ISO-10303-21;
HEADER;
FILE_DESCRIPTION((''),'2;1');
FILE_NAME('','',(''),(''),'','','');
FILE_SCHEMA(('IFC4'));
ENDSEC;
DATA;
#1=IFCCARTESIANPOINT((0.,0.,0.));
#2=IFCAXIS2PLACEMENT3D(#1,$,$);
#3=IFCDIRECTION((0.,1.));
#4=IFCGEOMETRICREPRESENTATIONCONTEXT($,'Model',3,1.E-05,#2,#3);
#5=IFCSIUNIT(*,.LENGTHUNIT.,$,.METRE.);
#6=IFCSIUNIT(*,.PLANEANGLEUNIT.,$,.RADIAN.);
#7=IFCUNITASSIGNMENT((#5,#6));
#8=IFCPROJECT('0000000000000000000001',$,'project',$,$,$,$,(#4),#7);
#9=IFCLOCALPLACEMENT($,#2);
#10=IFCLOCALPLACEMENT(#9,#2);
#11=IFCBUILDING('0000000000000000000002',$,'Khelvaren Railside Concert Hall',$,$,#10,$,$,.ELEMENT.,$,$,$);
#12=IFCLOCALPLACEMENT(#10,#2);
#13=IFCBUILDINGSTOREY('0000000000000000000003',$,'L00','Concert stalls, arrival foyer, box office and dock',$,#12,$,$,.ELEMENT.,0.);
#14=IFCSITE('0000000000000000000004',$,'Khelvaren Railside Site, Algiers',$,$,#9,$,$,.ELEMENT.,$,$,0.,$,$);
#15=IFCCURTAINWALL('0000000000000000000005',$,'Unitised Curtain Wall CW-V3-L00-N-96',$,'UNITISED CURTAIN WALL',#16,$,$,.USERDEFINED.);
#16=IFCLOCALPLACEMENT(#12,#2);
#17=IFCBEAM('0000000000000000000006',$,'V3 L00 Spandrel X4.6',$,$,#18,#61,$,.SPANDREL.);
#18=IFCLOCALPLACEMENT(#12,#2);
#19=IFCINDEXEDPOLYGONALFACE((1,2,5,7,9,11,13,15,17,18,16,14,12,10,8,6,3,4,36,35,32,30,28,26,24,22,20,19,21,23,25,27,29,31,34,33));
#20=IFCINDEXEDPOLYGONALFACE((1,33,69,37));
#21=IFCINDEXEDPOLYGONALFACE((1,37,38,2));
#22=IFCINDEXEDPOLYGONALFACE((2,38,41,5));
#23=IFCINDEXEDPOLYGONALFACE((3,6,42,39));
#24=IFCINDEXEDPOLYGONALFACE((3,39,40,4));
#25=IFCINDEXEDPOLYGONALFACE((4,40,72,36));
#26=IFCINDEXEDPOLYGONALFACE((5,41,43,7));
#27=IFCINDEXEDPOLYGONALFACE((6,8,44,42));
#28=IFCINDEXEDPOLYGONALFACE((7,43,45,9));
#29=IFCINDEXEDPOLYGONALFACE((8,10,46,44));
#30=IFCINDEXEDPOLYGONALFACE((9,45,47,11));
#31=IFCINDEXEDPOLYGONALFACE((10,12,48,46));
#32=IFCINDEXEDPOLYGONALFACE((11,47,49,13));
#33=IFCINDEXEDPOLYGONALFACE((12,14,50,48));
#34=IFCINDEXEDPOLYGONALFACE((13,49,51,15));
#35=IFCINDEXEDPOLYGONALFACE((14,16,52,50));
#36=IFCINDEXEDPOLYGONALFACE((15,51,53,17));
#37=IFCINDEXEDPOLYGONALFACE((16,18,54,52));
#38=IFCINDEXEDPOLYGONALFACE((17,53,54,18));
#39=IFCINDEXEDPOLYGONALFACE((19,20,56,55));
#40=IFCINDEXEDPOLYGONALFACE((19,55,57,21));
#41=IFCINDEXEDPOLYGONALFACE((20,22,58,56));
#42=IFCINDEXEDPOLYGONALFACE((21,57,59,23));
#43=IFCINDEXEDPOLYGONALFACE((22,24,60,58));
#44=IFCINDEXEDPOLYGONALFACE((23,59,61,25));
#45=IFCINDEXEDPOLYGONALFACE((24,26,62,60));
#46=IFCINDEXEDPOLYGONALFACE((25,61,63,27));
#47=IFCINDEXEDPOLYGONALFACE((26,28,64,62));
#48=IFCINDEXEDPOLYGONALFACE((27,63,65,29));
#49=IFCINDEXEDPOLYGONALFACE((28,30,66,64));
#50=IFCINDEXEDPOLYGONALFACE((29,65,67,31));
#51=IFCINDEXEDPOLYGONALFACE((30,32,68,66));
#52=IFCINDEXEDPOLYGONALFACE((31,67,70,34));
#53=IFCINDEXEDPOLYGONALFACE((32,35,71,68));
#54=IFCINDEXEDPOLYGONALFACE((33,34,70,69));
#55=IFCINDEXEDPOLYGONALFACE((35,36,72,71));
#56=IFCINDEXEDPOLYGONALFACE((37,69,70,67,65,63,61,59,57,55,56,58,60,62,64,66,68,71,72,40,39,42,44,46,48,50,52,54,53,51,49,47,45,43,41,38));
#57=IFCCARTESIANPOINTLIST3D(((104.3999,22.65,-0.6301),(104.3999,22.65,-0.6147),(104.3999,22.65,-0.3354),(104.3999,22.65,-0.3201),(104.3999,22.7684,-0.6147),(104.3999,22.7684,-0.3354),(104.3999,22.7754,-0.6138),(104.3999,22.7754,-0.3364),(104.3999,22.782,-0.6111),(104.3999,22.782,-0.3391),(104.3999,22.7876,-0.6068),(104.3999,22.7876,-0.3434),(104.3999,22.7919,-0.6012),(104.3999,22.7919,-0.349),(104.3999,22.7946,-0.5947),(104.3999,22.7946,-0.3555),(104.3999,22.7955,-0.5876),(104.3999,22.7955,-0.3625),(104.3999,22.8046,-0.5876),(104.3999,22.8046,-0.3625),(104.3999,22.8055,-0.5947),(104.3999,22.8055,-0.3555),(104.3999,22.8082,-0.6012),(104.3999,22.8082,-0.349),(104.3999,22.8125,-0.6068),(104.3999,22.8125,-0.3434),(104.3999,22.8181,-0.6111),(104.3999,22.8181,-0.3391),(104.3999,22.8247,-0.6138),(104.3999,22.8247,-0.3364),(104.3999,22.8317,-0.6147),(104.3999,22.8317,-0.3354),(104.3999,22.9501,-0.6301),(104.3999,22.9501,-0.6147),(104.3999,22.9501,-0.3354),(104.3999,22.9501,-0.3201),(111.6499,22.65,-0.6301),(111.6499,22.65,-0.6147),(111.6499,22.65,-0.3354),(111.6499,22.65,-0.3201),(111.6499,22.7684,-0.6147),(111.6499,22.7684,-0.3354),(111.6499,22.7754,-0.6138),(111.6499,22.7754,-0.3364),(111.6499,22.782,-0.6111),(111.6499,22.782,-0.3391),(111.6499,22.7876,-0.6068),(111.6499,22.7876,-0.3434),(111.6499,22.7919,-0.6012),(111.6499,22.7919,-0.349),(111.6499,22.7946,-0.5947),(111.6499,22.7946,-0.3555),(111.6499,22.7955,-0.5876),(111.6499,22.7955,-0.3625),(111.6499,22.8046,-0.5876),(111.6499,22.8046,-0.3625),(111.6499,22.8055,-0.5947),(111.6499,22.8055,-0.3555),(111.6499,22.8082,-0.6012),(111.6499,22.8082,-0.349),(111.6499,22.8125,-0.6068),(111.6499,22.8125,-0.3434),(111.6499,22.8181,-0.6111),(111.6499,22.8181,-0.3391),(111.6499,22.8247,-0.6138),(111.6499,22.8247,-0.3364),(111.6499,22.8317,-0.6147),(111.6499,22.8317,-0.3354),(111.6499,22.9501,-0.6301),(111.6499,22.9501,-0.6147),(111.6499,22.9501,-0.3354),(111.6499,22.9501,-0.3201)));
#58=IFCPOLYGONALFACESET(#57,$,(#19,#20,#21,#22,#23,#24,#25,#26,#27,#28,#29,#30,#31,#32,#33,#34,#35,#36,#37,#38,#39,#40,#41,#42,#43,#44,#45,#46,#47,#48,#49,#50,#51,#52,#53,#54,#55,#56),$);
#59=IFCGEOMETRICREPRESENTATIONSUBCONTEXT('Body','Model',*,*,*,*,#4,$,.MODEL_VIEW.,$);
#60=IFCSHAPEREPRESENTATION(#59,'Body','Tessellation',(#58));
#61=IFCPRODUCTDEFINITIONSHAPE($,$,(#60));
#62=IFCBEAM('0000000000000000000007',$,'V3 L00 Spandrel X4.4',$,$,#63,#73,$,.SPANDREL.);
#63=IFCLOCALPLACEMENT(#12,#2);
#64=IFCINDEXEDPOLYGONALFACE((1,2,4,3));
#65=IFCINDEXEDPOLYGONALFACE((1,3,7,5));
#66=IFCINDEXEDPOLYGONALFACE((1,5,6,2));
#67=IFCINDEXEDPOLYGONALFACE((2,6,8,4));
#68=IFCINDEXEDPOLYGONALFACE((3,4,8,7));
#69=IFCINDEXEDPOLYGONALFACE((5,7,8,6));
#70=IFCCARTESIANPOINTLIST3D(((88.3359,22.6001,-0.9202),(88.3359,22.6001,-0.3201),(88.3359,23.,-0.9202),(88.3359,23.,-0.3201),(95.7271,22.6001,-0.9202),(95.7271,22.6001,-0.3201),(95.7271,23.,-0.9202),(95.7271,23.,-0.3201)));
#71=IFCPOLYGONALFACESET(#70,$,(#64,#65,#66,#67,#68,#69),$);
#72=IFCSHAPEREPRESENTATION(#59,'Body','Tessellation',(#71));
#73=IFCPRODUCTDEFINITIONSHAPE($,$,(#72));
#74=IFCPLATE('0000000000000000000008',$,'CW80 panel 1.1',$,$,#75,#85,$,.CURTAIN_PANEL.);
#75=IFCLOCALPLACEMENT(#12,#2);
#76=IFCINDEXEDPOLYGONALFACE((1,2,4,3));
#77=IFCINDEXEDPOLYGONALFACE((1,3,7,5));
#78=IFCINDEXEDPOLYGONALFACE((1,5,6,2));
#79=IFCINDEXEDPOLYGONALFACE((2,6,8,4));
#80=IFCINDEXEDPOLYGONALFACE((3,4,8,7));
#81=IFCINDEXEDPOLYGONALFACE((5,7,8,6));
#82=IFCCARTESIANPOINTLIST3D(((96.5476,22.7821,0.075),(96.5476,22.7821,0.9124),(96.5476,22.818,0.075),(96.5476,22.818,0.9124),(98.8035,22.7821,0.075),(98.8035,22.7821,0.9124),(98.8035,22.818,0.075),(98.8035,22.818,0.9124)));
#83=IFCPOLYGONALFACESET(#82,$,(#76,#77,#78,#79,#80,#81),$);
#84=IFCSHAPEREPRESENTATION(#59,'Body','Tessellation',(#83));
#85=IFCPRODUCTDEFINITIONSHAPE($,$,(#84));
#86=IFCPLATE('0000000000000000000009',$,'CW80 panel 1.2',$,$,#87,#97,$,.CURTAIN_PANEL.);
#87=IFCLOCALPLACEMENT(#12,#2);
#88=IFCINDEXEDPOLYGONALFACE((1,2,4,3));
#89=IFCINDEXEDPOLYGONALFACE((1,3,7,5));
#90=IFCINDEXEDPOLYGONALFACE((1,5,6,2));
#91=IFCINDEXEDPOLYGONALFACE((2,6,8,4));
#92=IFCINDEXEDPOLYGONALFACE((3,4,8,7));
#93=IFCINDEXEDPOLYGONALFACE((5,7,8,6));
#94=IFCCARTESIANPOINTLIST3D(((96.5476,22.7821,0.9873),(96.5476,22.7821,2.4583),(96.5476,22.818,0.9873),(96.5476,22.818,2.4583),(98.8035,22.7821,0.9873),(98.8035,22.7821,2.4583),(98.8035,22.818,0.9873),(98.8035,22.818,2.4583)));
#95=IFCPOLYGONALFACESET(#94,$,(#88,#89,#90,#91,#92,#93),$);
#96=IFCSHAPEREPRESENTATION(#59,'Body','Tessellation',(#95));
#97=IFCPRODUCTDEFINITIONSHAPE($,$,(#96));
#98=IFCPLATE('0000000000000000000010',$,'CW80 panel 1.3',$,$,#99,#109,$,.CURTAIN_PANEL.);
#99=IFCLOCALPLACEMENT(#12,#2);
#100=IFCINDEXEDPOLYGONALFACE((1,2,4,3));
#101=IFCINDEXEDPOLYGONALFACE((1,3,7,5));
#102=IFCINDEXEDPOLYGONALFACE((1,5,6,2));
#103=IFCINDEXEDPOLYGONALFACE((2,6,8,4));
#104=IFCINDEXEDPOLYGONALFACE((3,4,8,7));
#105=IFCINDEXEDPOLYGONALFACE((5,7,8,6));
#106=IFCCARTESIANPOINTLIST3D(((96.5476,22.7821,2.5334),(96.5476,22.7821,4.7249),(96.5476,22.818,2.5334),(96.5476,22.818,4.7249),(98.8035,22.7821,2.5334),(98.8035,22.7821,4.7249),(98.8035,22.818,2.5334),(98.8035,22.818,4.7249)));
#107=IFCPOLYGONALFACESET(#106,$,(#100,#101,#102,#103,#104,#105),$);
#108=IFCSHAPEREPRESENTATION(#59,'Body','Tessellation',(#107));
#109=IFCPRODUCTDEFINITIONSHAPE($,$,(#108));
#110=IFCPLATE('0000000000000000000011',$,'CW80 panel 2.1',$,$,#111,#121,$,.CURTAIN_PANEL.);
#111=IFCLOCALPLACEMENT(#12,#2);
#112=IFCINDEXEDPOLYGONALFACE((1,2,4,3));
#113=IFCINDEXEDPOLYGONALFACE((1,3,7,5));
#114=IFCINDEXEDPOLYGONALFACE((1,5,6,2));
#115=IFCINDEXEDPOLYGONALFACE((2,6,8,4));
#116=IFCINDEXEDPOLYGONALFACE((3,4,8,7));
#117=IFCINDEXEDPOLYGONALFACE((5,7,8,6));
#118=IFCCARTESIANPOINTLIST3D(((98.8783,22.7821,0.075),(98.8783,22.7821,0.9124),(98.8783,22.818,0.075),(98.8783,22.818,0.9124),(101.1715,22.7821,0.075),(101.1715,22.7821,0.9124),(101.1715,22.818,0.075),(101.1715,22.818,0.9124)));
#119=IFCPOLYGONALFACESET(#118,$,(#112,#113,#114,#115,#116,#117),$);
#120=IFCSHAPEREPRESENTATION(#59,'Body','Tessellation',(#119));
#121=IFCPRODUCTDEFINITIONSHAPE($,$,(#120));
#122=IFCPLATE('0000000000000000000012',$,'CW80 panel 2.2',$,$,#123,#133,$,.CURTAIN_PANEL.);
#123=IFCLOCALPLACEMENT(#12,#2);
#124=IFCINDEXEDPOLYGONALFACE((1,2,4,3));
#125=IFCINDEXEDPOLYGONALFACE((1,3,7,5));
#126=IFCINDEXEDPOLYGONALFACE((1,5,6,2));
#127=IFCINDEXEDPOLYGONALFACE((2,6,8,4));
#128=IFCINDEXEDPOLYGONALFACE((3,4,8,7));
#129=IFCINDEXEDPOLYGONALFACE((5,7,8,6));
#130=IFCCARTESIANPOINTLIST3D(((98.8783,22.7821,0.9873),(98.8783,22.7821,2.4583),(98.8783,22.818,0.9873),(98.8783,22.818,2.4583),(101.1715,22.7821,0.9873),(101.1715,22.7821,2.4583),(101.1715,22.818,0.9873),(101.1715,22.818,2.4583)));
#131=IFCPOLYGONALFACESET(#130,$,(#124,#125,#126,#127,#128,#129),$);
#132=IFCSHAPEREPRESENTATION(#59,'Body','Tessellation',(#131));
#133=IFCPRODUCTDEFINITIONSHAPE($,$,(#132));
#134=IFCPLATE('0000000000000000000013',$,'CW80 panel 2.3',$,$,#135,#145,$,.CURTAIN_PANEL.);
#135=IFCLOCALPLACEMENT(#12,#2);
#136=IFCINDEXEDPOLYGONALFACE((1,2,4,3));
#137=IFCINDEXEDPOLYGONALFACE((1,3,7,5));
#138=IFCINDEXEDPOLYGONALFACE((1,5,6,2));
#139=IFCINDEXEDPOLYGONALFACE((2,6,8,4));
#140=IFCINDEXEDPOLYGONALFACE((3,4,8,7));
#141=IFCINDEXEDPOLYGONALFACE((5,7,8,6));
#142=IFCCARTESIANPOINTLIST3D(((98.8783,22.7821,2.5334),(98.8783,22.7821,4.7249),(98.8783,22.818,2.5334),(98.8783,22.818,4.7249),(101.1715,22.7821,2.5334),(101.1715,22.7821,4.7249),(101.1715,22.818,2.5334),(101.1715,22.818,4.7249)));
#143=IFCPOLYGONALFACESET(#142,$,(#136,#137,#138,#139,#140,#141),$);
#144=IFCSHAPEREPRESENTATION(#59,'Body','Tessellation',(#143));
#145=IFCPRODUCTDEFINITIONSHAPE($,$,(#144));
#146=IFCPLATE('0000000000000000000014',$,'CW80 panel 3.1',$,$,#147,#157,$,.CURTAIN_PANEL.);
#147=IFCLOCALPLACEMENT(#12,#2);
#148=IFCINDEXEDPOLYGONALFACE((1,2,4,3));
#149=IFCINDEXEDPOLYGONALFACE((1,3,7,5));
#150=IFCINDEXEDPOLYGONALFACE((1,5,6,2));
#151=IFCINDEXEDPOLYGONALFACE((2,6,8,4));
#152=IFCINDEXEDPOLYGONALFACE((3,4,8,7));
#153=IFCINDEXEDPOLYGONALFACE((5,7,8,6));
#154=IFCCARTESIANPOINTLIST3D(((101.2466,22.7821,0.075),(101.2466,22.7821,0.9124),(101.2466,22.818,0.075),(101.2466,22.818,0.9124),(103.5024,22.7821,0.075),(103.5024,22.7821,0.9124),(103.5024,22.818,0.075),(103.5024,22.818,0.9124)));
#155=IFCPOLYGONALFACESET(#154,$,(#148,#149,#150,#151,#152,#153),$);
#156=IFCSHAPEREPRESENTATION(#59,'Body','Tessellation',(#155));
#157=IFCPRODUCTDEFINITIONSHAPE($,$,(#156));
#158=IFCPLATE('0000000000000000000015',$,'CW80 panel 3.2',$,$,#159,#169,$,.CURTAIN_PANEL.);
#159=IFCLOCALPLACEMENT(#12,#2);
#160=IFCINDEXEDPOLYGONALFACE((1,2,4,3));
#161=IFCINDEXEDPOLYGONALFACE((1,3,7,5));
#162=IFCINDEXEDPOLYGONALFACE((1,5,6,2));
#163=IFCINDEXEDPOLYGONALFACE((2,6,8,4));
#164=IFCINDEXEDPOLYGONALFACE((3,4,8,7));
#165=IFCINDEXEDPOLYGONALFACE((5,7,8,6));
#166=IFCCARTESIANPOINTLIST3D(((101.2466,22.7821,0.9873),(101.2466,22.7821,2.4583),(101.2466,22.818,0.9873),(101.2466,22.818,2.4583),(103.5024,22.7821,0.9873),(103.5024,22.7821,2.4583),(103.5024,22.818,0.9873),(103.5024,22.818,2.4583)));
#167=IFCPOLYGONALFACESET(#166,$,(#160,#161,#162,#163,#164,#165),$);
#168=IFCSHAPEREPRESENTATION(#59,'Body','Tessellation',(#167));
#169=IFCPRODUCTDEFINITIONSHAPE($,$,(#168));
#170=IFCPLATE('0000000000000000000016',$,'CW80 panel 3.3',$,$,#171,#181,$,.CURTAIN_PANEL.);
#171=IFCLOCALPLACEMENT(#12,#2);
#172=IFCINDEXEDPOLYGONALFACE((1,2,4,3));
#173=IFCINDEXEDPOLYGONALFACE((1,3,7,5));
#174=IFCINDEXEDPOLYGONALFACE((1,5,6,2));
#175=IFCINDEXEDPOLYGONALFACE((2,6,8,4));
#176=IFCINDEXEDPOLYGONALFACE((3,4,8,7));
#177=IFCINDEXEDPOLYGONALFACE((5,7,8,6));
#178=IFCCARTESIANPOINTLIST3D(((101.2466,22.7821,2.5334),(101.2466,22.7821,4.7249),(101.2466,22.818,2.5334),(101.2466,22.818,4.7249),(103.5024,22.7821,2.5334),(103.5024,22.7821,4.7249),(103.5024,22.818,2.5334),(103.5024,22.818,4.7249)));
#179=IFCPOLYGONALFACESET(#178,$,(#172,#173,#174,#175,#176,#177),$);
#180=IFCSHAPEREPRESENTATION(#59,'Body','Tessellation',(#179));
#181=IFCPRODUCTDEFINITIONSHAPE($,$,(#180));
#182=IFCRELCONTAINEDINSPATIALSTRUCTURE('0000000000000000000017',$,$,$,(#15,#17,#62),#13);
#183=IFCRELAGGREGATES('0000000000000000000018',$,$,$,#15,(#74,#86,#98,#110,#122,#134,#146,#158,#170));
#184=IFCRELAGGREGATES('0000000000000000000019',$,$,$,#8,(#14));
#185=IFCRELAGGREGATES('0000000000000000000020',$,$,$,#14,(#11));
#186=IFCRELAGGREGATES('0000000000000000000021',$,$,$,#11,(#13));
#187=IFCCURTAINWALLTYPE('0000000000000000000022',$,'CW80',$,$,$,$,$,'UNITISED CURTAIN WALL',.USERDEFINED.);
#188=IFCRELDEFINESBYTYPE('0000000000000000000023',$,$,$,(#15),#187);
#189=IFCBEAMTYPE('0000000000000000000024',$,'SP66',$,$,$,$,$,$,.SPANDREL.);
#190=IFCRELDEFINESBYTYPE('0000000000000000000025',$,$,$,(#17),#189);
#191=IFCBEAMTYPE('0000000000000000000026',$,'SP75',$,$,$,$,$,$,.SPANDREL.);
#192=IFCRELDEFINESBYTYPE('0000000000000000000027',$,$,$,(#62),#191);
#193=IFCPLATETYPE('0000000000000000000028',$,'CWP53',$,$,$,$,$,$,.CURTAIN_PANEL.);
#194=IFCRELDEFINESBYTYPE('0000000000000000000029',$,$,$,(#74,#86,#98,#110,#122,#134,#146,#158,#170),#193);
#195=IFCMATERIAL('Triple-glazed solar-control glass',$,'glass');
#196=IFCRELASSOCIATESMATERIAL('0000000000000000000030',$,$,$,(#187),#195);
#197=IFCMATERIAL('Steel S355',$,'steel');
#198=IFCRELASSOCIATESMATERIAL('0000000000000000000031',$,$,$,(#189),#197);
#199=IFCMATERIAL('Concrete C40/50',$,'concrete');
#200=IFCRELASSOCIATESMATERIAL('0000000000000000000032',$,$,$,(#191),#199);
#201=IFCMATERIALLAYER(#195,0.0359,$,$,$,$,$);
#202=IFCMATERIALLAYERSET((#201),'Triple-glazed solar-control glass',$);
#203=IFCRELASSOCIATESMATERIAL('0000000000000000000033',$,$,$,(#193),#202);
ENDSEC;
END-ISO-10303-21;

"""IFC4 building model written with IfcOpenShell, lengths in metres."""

from ifc_helpers import new_model, si_unit, direction, frame, origin, origin_2d, place, context, subcontext, project, spatial, rectangle, i_section, extrude, material, layer, layer_set, material_profile, profile_set, type_object, element, aggregate, save


model = new_model("IFC4")

# Units and contexts
model_context = context("Model", 3, precision=1e-05, world=origin(), true_north=direction((0.0, 1.0)))
body_context = subcontext(model_context, "Body", "Model", "MODEL_VIEW")
ifc_project = project(units=[si_unit("LENGTHUNIT", "METRE"), si_unit("PLANEANGLEUNIT", "RADIAN")], contexts=[model_context])

# Site, building, storey
site_placement = place(None, origin())
site = spatial("IfcSite", under=ifc_project, at=site_placement, Name="Khelvaren Railside Site, Algiers", CompositionType="ELEMENT", RefElevation=0.0)
building_placement = place(site_placement, origin())
building = spatial("IfcBuilding", under=site, at=building_placement, Name="Khelvaren Railside Concert Hall", CompositionType="ELEMENT")
storey_placement = place(building_placement, origin())
storey = spatial("IfcBuildingStorey", under=building, at=storey_placement, Name="L00", Description="Concert stalls, arrival foyer, box office and dock", CompositionType="ELEMENT", Elevation=0.0)

# Shared definitions
ifc_material_1 = material(Name="Triple-glazed solar-control glass", Category="glass")

# Curtain wall
curtain_wall_type_1 = type_object("IfcCurtainWallType", Name="CW80", ElementType="UNITISED CURTAIN WALL", PredefinedType="USERDEFINED", material=ifc_material_1)
curtain_wall_1_placement = place(storey_placement, origin())
curtain_wall_1 = element("IfcCurtainWall", 1, at=curtain_wall_1_placement, inside=storey, type_object=curtain_wall_type_1, Name="Unitised Curtain Wall CW-V3-L00-N-96", ObjectType="UNITISED CURTAIN WALL", PredefinedType="USERDEFINED")

# Beams
ifc_material_2 = material(Name="Concrete C40/50", Category="concrete")
ifc_material_3 = material(Name="Steel S355", Category="steel")
ifc_material_profile_1 = material_profile(ifc_material_3, i_section(OverallWidth=0.3, OverallDepth=0.3101, WebThickness=0.009, FlangeThickness=0.0154, FilletRadius=0.0271, at=origin_2d()), Name="HEA 320")
ifc_profile_set_1 = profile_set([ifc_material_profile_1], Name="Steel S355")
beam_type_1 = type_object("IfcBeamType", Name="SP66", PredefinedType="SPANDREL", material=ifc_profile_set_1)
beam_1_placement = place(storey_placement, frame((104.3999, 22.8, -0.4751), z_axis=(1.0, 0.0, 0.0), x_axis=(0.0, 1.0, 0.0)))
element("IfcBeam", 2, at=beam_1_placement, inside=storey, type_object=beam_type_1, Name="V3 L00 Spandrel X4.6", PredefinedType="SPANDREL", context=body_context, shape_type="SweptSolid", body=[
    extrude(i_section(OverallWidth=0.3, OverallDepth=0.3101, WebThickness=0.009, FlangeThickness=0.0154, FilletRadius=0.0271, at=origin_2d()), origin(), (0.0, 0.0, 1.0), 7.25),
])
ifc_material_profile_2 = material_profile(ifc_material_2, rectangle(XDim=0.3999, YDim=0.6001, at=origin_2d()), Name="RCB 400x600")
ifc_profile_set_2 = profile_set([ifc_material_profile_2], Name="Concrete C40/50")
beam_type_2 = type_object("IfcBeamType", Name="SP75", PredefinedType="SPANDREL", material=ifc_profile_set_2)
beam_2_placement = place(storey_placement, frame((88.3359, 22.8, -0.6201), z_axis=(1.0, 0.0, 0.0), x_axis=(0.0, 1.0, 0.0)))
element("IfcBeam", 3, at=beam_2_placement, inside=storey, type_object=beam_type_2, Name="V3 L00 Spandrel X4.4", PredefinedType="SPANDREL", context=body_context, shape_type="SweptSolid", body=[
    extrude(rectangle(XDim=0.3999, YDim=0.6001, at=origin_2d()), origin(), (0.0, 0.0, 1.0), 7.3911),
])

# Plates
ifc_layer_1 = layer(ifc_material_1, 0.0359)
ifc_layer_set_1 = layer_set([ifc_layer_1], Name="Triple-glazed solar-control glass")
plate_type = type_object("IfcPlateType", Name="CWP53", PredefinedType="CURTAIN_PANEL", material=ifc_layer_set_1)
plate_1_placement = place(storey_placement, frame((97.6755, 22.8, 0.075), z_axis=(0.0, 0.0, 1.0), x_axis=(1.0, 0.0, 0.0)))
plate_1 = element("IfcPlate", 4, at=plate_1_placement, type_object=plate_type, Name="CW80 panel 1.1", PredefinedType="CURTAIN_PANEL", context=body_context, shape_type="SweptSolid", body=[
    extrude(rectangle(XDim=2.2559, YDim=0.0359, at=origin_2d()), origin(), (0.0, 0.0, 1.0), 0.8374),
])
plate_2_placement = place(storey_placement, frame((97.6755, 22.8, 0.9873), z_axis=(0.0, 0.0, 1.0), x_axis=(1.0, 0.0, 0.0)))
plate_2 = element("IfcPlate", 5, at=plate_2_placement, type_object=plate_type, Name="CW80 panel 1.2", PredefinedType="CURTAIN_PANEL", context=body_context, shape_type="SweptSolid", body=[
    extrude(rectangle(XDim=2.2559, YDim=0.0359, at=origin_2d()), origin(), (0.0, 0.0, 1.0), 1.4709),
])
plate_3_placement = place(storey_placement, frame((97.6755, 22.8, 2.5334), z_axis=(0.0, 0.0, 1.0), x_axis=(1.0, 0.0, 0.0)))
plate_3 = element("IfcPlate", 6, at=plate_3_placement, type_object=plate_type, Name="CW80 panel 1.3", PredefinedType="CURTAIN_PANEL", context=body_context, shape_type="SweptSolid", body=[
    extrude(rectangle(XDim=2.2559, YDim=0.0359, at=origin_2d()), origin(), (0.0, 0.0, 1.0), 2.1914),
])
plate_4_placement = place(storey_placement, frame((100.0249, 22.8, 0.075), z_axis=(0.0, 0.0, 1.0), x_axis=(1.0, 0.0, 0.0)))
plate_4 = element("IfcPlate", 7, at=plate_4_placement, type_object=plate_type, Name="CW80 panel 2.1", PredefinedType="CURTAIN_PANEL", context=body_context, shape_type="SweptSolid", body=[
    extrude(rectangle(XDim=2.2932, YDim=0.0359, at=origin_2d()), origin(), (0.0, 0.0, 1.0), 0.8374),
])
plate_5_placement = place(storey_placement, frame((100.0249, 22.8, 0.9873), z_axis=(0.0, 0.0, 1.0), x_axis=(1.0, 0.0, 0.0)))
plate_5 = element("IfcPlate", 8, at=plate_5_placement, type_object=plate_type, Name="CW80 panel 2.2", PredefinedType="CURTAIN_PANEL", context=body_context, shape_type="SweptSolid", body=[
    extrude(rectangle(XDim=2.2932, YDim=0.0359, at=origin_2d()), origin(), (0.0, 0.0, 1.0), 1.4709),
])
plate_6_placement = place(storey_placement, frame((100.0249, 22.8, 2.5334), z_axis=(0.0, 0.0, 1.0), x_axis=(1.0, 0.0, 0.0)))
plate_6 = element("IfcPlate", 9, at=plate_6_placement, type_object=plate_type, Name="CW80 panel 2.3", PredefinedType="CURTAIN_PANEL", context=body_context, shape_type="SweptSolid", body=[
    extrude(rectangle(XDim=2.2932, YDim=0.0359, at=origin_2d()), origin(), (0.0, 0.0, 1.0), 2.1914),
])
plate_7_placement = place(storey_placement, frame((102.3745, 22.8, 0.075), z_axis=(0.0, 0.0, 1.0), x_axis=(1.0, 0.0, 0.0)))
plate_7 = element("IfcPlate", 10, at=plate_7_placement, type_object=plate_type, Name="CW80 panel 3.1", PredefinedType="CURTAIN_PANEL", context=body_context, shape_type="SweptSolid", body=[
    extrude(rectangle(XDim=2.2559, YDim=0.0359, at=origin_2d()), origin(), (0.0, 0.0, 1.0), 0.8374),
])
plate_8_placement = place(storey_placement, frame((102.3745, 22.8, 0.9873), z_axis=(0.0, 0.0, 1.0), x_axis=(1.0, 0.0, 0.0)))
plate_8 = element("IfcPlate", 11, at=plate_8_placement, type_object=plate_type, Name="CW80 panel 3.2", PredefinedType="CURTAIN_PANEL", context=body_context, shape_type="SweptSolid", body=[
    extrude(rectangle(XDim=2.2559, YDim=0.0359, at=origin_2d()), origin(), (0.0, 0.0, 1.0), 1.4709),
])
plate_9_placement = place(storey_placement, frame((102.3745, 22.8, 2.5334), z_axis=(0.0, 0.0, 1.0), x_axis=(1.0, 0.0, 0.0)))
plate_9 = element("IfcPlate", 12, at=plate_9_placement, type_object=plate_type, Name="CW80 panel 3.3", PredefinedType="CURTAIN_PANEL", context=body_context, shape_type="SweptSolid", body=[
    extrude(rectangle(XDim=2.2559, YDim=0.0359, at=origin_2d()), origin(), (0.0, 0.0, 1.0), 2.1914),
])
aggregate(curtain_wall_1, [plate_1, plate_2, plate_3, plate_4, plate_5, plate_6, plate_7, plate_8, plate_9])

save(model, "model.ifc")
